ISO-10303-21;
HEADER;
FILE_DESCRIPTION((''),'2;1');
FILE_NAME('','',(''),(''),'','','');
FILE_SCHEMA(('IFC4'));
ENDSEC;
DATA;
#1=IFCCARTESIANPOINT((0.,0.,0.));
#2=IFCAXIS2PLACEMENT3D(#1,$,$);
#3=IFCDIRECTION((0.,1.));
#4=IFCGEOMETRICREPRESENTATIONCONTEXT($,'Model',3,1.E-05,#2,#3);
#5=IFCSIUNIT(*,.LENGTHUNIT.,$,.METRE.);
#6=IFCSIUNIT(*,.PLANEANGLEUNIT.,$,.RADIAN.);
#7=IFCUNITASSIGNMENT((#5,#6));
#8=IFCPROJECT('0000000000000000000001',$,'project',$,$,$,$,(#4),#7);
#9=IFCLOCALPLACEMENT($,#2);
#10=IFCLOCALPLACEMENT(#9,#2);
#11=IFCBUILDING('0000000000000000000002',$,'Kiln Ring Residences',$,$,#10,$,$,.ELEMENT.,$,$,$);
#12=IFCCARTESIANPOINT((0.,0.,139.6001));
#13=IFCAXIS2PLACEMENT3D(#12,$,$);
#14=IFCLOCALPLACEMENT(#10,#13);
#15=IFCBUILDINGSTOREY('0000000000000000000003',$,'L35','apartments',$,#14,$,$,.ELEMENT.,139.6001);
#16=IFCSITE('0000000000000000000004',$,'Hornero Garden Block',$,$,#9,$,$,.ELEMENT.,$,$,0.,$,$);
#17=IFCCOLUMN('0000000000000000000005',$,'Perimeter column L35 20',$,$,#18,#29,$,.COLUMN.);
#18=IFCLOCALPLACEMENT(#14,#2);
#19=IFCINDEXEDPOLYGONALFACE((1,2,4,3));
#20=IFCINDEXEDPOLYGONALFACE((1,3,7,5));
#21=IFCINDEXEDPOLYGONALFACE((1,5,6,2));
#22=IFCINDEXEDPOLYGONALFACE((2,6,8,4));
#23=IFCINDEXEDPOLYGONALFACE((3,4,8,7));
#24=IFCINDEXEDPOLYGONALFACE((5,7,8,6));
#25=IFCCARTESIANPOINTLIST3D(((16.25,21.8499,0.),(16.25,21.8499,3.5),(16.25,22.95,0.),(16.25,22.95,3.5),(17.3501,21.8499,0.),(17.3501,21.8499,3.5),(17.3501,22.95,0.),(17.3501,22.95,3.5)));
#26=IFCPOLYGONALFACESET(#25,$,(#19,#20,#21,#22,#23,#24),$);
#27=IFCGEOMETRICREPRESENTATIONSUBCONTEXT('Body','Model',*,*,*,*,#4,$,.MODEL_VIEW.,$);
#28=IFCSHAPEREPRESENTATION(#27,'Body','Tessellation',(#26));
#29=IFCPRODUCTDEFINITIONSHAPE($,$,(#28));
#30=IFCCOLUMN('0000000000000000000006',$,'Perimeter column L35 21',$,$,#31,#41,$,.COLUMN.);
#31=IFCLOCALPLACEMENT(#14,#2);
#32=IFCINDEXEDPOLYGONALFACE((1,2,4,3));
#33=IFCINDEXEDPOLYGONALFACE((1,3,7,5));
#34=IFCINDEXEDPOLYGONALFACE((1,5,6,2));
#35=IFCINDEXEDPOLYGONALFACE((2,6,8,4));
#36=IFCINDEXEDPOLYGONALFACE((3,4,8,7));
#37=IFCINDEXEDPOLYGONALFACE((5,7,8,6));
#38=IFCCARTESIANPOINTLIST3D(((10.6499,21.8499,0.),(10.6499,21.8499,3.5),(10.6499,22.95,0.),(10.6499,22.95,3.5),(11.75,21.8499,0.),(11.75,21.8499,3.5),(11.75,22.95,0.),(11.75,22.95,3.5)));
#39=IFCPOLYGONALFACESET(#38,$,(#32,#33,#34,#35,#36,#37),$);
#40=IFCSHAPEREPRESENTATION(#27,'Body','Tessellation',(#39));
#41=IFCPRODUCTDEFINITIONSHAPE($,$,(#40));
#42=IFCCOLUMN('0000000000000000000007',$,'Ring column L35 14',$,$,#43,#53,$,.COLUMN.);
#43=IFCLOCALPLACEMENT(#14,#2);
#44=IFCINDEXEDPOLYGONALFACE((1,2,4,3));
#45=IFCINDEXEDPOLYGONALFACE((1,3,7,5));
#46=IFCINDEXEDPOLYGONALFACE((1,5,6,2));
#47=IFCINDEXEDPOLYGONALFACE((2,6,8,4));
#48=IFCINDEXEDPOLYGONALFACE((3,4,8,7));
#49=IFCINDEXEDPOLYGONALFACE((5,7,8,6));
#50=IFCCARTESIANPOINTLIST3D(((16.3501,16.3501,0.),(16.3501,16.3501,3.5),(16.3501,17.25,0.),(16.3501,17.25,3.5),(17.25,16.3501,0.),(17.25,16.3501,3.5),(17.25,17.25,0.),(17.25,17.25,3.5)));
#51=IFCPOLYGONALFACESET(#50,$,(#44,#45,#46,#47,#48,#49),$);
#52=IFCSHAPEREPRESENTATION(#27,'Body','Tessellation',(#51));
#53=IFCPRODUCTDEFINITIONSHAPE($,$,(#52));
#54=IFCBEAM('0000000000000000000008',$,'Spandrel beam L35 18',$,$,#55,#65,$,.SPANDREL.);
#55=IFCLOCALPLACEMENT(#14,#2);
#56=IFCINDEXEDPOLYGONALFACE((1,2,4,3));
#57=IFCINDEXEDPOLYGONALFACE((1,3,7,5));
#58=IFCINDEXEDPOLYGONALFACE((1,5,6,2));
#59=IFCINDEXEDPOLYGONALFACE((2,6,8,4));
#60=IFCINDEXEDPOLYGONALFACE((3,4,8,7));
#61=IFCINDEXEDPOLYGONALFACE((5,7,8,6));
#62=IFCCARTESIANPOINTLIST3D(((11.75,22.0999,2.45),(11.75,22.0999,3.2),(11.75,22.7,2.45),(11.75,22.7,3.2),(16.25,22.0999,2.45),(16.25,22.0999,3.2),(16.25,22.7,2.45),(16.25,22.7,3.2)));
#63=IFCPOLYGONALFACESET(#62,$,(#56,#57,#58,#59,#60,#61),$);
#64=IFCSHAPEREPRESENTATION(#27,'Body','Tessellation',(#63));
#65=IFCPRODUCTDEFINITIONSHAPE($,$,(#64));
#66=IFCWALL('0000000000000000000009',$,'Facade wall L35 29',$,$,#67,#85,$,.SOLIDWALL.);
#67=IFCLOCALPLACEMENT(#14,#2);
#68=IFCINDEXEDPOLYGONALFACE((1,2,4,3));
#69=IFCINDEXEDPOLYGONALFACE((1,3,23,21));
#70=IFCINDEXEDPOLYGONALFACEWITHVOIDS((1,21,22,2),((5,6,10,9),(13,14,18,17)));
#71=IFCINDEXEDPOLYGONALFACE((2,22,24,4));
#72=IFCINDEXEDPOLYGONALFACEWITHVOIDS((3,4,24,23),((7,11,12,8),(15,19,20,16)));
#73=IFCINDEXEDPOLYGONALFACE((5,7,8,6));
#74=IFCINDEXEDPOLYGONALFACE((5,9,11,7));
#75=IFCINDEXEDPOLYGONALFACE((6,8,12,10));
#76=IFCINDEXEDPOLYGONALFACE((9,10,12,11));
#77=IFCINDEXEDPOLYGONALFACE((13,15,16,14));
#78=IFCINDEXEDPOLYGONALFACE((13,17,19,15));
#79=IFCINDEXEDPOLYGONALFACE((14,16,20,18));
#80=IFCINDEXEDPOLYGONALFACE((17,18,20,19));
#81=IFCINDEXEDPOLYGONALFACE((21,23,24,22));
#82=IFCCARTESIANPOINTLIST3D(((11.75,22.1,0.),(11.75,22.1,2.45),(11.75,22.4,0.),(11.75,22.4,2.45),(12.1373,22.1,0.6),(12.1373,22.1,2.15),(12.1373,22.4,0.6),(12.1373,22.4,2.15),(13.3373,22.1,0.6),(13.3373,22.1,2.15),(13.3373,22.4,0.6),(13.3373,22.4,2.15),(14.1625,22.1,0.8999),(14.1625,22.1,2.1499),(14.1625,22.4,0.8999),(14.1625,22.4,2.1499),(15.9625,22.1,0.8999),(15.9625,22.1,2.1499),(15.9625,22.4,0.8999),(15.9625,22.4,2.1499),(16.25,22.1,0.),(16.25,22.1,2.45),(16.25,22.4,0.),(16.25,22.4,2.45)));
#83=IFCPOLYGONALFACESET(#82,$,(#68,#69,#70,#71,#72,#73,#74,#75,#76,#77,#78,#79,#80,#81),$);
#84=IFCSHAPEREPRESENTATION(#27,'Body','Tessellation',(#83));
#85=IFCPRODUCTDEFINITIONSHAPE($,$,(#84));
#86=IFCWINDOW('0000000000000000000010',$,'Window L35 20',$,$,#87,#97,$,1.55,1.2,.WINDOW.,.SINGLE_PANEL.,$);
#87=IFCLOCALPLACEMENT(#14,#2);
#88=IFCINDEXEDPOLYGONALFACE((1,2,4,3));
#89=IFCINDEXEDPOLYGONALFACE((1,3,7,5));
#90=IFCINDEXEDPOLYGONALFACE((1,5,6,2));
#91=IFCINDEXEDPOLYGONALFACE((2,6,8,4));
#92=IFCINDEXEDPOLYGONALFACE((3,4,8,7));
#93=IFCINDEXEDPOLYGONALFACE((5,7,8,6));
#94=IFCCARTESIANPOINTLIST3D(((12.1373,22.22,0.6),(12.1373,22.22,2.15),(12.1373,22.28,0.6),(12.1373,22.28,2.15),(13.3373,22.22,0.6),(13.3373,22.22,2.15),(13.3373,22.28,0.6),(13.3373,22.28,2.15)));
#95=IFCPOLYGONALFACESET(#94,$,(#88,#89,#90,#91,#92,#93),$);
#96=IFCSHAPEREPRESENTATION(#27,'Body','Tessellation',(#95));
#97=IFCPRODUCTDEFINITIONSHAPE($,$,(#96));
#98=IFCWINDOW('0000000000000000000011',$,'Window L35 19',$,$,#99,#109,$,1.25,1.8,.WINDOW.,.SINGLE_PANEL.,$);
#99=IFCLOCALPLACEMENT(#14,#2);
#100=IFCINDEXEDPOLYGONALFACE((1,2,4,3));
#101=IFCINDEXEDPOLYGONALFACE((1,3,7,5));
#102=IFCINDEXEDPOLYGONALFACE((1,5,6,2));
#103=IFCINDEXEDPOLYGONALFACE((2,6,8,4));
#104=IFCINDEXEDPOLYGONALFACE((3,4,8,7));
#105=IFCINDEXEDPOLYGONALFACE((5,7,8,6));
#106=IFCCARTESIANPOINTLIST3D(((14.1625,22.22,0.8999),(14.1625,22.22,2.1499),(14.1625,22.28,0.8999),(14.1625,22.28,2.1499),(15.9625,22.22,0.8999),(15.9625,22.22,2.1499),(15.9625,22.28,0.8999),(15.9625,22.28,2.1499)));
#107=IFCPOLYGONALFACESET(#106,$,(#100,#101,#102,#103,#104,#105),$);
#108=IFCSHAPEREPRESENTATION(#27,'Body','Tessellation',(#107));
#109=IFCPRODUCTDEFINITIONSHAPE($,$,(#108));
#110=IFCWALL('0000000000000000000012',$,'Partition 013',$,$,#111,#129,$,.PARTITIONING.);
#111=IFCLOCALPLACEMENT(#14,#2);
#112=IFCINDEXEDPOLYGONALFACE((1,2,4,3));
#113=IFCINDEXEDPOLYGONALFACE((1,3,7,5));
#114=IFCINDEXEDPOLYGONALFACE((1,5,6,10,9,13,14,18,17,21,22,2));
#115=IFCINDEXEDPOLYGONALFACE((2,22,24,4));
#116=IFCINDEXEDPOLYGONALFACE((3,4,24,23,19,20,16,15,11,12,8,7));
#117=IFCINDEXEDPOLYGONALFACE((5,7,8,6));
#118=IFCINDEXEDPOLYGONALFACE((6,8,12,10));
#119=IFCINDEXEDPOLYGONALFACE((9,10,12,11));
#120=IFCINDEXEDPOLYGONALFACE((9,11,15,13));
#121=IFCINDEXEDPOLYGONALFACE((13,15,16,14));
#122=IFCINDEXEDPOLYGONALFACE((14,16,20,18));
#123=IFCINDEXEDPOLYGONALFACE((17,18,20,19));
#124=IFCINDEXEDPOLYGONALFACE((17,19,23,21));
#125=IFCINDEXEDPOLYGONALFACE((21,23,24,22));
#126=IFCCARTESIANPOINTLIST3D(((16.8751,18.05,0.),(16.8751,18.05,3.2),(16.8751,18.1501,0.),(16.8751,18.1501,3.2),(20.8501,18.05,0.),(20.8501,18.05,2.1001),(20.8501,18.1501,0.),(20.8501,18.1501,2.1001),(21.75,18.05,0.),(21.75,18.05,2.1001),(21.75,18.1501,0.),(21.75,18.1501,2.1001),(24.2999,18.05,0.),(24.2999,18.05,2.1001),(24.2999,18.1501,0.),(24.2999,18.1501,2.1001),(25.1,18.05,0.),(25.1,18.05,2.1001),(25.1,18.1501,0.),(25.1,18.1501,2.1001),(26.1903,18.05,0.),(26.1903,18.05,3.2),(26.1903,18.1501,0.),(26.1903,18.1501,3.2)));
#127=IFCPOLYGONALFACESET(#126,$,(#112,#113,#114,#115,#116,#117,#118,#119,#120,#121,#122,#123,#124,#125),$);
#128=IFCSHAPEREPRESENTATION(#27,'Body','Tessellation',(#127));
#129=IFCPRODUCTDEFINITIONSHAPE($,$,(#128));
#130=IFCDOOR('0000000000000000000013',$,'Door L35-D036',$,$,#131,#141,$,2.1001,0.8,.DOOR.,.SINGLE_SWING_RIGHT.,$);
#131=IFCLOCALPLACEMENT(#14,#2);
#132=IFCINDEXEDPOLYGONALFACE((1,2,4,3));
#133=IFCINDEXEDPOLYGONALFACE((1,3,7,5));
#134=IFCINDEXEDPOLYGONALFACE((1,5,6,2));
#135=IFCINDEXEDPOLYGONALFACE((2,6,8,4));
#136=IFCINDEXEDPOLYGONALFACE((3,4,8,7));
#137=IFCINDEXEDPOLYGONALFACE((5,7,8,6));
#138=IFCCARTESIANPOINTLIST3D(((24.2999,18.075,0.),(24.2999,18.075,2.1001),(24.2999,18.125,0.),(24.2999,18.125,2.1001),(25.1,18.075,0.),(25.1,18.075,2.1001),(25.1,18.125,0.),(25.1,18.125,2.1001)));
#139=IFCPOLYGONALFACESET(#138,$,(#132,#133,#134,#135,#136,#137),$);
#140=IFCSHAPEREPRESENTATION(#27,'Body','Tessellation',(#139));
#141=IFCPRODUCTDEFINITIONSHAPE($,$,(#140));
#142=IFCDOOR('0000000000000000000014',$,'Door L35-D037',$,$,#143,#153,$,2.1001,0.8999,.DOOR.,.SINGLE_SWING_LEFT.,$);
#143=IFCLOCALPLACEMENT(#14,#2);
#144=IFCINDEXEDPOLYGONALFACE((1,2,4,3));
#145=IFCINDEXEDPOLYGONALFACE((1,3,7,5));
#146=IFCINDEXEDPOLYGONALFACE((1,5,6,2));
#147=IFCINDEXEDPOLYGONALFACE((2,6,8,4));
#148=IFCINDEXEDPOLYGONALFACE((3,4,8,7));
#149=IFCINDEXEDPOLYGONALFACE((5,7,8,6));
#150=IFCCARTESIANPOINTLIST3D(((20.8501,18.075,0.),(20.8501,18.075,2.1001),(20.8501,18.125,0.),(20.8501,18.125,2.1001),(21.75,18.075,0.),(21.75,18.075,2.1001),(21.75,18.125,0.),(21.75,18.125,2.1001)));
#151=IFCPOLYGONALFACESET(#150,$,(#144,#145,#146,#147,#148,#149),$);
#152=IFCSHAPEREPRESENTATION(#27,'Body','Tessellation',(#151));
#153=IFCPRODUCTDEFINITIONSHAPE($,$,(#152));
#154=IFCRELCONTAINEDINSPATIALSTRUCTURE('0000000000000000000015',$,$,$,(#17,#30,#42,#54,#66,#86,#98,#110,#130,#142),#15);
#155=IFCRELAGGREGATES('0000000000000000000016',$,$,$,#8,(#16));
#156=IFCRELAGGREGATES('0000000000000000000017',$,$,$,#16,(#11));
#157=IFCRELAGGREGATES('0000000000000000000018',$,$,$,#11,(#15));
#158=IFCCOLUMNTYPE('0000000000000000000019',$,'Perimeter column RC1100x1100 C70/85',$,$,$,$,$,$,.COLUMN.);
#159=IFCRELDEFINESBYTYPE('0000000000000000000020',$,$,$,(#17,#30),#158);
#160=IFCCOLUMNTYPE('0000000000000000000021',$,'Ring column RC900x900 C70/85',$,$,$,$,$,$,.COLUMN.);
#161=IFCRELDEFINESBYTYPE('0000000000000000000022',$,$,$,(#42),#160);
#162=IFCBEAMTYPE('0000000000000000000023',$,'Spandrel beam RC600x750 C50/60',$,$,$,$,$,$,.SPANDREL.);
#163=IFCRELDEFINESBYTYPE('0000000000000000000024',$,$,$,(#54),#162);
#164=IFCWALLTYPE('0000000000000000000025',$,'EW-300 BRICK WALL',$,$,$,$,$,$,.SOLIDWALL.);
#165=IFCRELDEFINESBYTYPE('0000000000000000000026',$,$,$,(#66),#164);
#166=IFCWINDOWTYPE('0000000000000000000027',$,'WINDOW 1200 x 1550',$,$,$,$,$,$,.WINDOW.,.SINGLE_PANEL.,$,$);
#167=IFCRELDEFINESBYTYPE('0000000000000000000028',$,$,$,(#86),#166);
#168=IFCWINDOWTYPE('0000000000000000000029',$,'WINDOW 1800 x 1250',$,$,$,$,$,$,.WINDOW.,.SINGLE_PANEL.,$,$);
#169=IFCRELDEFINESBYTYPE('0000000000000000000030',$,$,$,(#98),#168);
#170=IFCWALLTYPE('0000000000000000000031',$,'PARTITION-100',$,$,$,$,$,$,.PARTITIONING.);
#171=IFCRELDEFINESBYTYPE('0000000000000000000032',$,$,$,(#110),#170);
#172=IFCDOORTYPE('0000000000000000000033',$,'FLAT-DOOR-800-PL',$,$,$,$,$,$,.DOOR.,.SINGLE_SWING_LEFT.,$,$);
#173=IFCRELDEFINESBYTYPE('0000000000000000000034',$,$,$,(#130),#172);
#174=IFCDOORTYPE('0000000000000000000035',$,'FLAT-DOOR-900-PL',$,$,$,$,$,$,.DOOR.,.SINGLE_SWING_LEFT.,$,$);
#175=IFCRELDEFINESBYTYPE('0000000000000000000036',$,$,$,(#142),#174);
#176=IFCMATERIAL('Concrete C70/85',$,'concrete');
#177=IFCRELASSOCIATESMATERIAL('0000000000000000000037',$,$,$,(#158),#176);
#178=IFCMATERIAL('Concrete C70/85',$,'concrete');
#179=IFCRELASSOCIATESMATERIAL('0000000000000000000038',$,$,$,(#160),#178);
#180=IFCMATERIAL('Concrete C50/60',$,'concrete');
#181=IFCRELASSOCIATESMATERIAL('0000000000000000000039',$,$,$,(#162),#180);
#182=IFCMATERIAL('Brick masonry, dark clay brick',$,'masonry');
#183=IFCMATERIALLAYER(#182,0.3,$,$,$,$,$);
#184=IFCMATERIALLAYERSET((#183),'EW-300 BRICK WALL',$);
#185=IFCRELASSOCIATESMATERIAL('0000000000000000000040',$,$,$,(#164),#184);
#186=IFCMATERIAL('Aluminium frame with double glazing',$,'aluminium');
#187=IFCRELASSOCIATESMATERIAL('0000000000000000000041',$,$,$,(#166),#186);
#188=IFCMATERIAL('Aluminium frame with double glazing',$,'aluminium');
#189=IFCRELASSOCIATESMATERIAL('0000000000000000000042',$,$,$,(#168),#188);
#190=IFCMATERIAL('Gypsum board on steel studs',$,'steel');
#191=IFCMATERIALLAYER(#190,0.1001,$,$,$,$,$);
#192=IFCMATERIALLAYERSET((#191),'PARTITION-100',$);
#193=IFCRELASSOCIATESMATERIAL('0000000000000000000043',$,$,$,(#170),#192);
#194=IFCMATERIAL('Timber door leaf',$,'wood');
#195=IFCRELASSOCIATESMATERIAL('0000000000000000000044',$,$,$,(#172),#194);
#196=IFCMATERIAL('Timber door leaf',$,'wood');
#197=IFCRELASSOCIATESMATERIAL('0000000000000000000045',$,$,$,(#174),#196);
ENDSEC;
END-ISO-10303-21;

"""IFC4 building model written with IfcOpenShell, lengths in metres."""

from ifc_helpers import new_model, si_unit, direction, frame, frame_2d, origin, origin_2d, place, context, subcontext, project, spatial, rectangle, extrude, material, layer, layer_set, material_profile, profile_set, type_object, element, fill, save


model = new_model("IFC4")

# Units and contexts
model_context = context("Model", 3, precision=1e-05, world=origin(), true_north=direction((0.0, 1.0)))
body_context = subcontext(model_context, "Body", "Model", "MODEL_VIEW")
ifc_project = project(units=[si_unit("LENGTHUNIT", "METRE"), si_unit("PLANEANGLEUNIT", "RADIAN")], contexts=[model_context])

# Site, building, storey
site_placement = place(None, origin())
site = spatial("IfcSite", under=ifc_project, at=site_placement, Name="Hornero Garden Block", CompositionType="ELEMENT", RefElevation=0.0)
building_placement = place(site_placement, origin())
building = spatial("IfcBuilding", under=site, at=building_placement, Name="Kiln Ring Residences", CompositionType="ELEMENT")
storey_placement = place(building_placement, frame((0.0, 0.0, 139.6001)))
storey = spatial("IfcBuildingStorey", under=building, at=storey_placement, Name="L35", Description="apartments", CompositionType="ELEMENT", Elevation=139.6001)

# Columns
ifc_material_1 = material(Name="Concrete C70/85", Category="concrete")
ifc_material_profile_1 = material_profile(ifc_material_1, rectangle(XDim=1.1001, YDim=1.1001, at=origin_2d()), Name="RC1100x1100")
ifc_profile_set_1 = profile_set([ifc_material_profile_1], Name="Concrete C70/85")
column_type_1 = type_object("IfcColumnType", Name="Perimeter column RC1100x1100 C70/85", PredefinedType="COLUMN", material=ifc_profile_set_1)
for number, where, z_axis, x_axis, name in (
    (1, (16.8, 22.3999, 0.0), (0.0, 0.0, 1.0), (1.0, 0.0, 0.0), "Perimeter column L35 20"),
    (2, (11.2, 22.3999, 0.0), (0.0, 0.0, 1.0), (1.0, 0.0, 0.0), "Perimeter column L35 21"),
):
    element("IfcColumn", number, at=place(storey_placement, frame(where, z_axis=z_axis, x_axis=x_axis)), inside=storey, type_object=column_type_1, Name=name, PredefinedType="COLUMN", context=body_context, shape_type="SweptSolid", body=[
        extrude(rectangle(XDim=1.1001, YDim=1.1001, at=origin_2d()), origin(), (0.0, 0.0, 1.0), 3.5),
    ])
ifc_material_2 = material(Name="Concrete C70/85", Category="concrete")
ifc_material_profile_2 = material_profile(ifc_material_2, rectangle(XDim=0.8999, YDim=0.8999, at=origin_2d()), Name="RC900x900")
ifc_profile_set_2 = profile_set([ifc_material_profile_2], Name="Concrete C70/85")
column_type_2 = type_object("IfcColumnType", Name="Ring column RC900x900 C70/85", PredefinedType="COLUMN", material=ifc_profile_set_2)
column_placement = place(storey_placement, frame((16.8, 16.8, 0.0), z_axis=(0.0, 0.0, 1.0), x_axis=(1.0, 0.0, 0.0)))
element("IfcColumn", 3, at=column_placement, inside=storey, type_object=column_type_2, Name="Ring column L35 14", PredefinedType="COLUMN", context=body_context, shape_type="SweptSolid", body=[
    extrude(rectangle(XDim=0.8999, YDim=0.8999, at=origin_2d()), origin(), (0.0, 0.0, 1.0), 3.5),
])

# Beam
ifc_material_3 = material(Name="Concrete C50/60", Category="concrete")
ifc_material_profile_3 = material_profile(ifc_material_3, rectangle(XDim=0.6001, YDim=0.75, at=origin_2d()), Name="RC600x750")
ifc_profile_set_3 = profile_set([ifc_material_profile_3], Name="Concrete C50/60")
beam_type = type_object("IfcBeamType", Name="Spandrel beam RC600x750 C50/60", PredefinedType="SPANDREL", material=ifc_profile_set_3)
beam_placement = place(storey_placement, frame((16.25, 22.3999, 2.825), z_axis=(-1.0, 0.0, 0.0), x_axis=(0.0, -1.0, 0.0)))
element("IfcBeam", 4, at=beam_placement, inside=storey, type_object=beam_type, Name="Spandrel beam L35 18", PredefinedType="SPANDREL", context=body_context, shape_type="SweptSolid", body=[
    extrude(rectangle(XDim=0.6001, YDim=0.75, at=origin_2d()), origin(), (0.0, 0.0, 1.0), 4.5),
])

# Wall, openings, windows
ifc_material_4 = material(Name="Brick masonry, dark clay brick", Category="masonry")
ifc_layer_1 = layer(ifc_material_4, 0.3)
ifc_layer_set_1 = layer_set([ifc_layer_1], Name="EW-300 BRICK WALL")
wall_type_1 = type_object("IfcWallType", Name="EW-300 BRICK WALL", PredefinedType="SOLIDWALL", material=ifc_layer_set_1)
wall_1_placement = place(storey_placement, frame((16.25, 22.25, 0.0), z_axis=(0.0, 0.0, 1.0), x_axis=(-1.0, 0.0, 0.0)))
wall_1 = element("IfcWall", 5, at=wall_1_placement, inside=storey, type_object=wall_type_1, Name="Facade wall L35 29", PredefinedType="SOLIDWALL", context=body_context, shape_type="SweptSolid", body=[
    extrude(rectangle(XDim=4.5, YDim=0.3, at=frame_2d((2.25, 0.0))), origin(), (0.0, 0.0, 1.0), 2.45),
])
opening_1_placement = place(wall_1_placement, frame((0.2876, 0.0, 0.8999)))
opening_1 = element("IfcOpeningElement", 6, at=opening_1_placement, cuts=wall_1, PredefinedType="OPENING", context=body_context, shape_type="SweptSolid", body=[
    extrude(rectangle(XDim=1.8, YDim=1.25, at=frame_2d((0.8999, 0.625))), frame((0.0, 0.1599, 0.0), z_axis=(0.0, -1.0, 0.0), x_axis=(1.0, 0.0, 0.0)), (0.0, 0.0, 1.0), 0.3201),
])
opening_2_placement = place(wall_1_placement, frame((2.9126, 0.0, 0.6001)))
opening_2 = element("IfcOpeningElement", 7, at=opening_2_placement, cuts=wall_1, PredefinedType="OPENING", context=body_context, shape_type="SweptSolid", body=[
    extrude(rectangle(XDim=1.2, YDim=1.55, at=frame_2d((0.6001, 0.7749))), frame((0.0, 0.1599, 0.0), z_axis=(0.0, -1.0, 0.0), x_axis=(1.0, 0.0, 0.0)), (0.0, 0.0, 1.0), 0.3201),
])
ifc_material_5 = material(Name="Aluminium frame with double glazing", Category="aluminium")
window_type_1 = type_object("IfcWindowType", Name="WINDOW 1200 x 1550", PartitioningType="SINGLE_PANEL", PredefinedType="WINDOW", material=ifc_material_5)
window_1_placement = place(opening_2_placement, origin())
window_1 = element("IfcWindow", 8, at=window_1_placement, inside=storey, type_object=window_type_1, Name="Window L35 20", OverallHeight=1.55, OverallWidth=1.2, PartitioningType="SINGLE_PANEL", PredefinedType="WINDOW", context=body_context, shape_type="SweptSolid", body=[
    extrude(rectangle(XDim=1.2, YDim=1.55, at=frame_2d((0.6001, 0.7749))), frame((0.0, 0.03, 0.0), z_axis=(0.0, -1.0, 0.0), x_axis=(1.0, 0.0, 0.0)), (0.0, 0.0, 1.0), 0.0601),
])
fill(opening_2, window_1)
ifc_material_6 = material(Name="Aluminium frame with double glazing", Category="aluminium")
window_type_2 = type_object("IfcWindowType", Name="WINDOW 1800 x 1250", PartitioningType="SINGLE_PANEL", PredefinedType="WINDOW", material=ifc_material_6)
window_2_placement = place(opening_1_placement, origin())
window_2 = element("IfcWindow", 9, at=window_2_placement, inside=storey, type_object=window_type_2, Name="Window L35 19", OverallHeight=1.25, OverallWidth=1.8, PartitioningType="SINGLE_PANEL", PredefinedType="WINDOW", context=body_context, shape_type="SweptSolid", body=[
    extrude(rectangle(XDim=1.8, YDim=1.25, at=frame_2d((0.8999, 0.625))), frame((0.0, 0.03, 0.0), z_axis=(0.0, -1.0, 0.0), x_axis=(1.0, 0.0, 0.0)), (0.0, 0.0, 1.0), 0.0601),
])
fill(opening_1, window_2)

# Wall, openings, doors
ifc_material_7 = material(Name="Gypsum board on steel studs", Category="steel")
ifc_layer_2 = layer(ifc_material_7, 0.1001)
ifc_layer_set_2 = layer_set([ifc_layer_2], Name="PARTITION-100")
wall_type_2 = type_object("IfcWallType", Name="PARTITION-100", PredefinedType="PARTITIONING", material=ifc_layer_set_2)
wall_2_placement = place(storey_placement, frame((16.875, 18.1001, 0.0), z_axis=(0.0, 0.0, 1.0), x_axis=(1.0, 0.0, 0.0)))
wall_2 = element("IfcWall", 10, at=wall_2_placement, inside=storey, type_object=wall_type_2, Name="Partition 013", PredefinedType="PARTITIONING", context=body_context, shape_type="SweptSolid", body=[
    extrude(rectangle(XDim=9.3152, YDim=0.1001, at=frame_2d((4.6577, 0.0))), origin(), (0.0, 0.0, 1.0), 3.2),
])
opening_3_placement = place(wall_2_placement, frame((7.425, 0.0, 0.0)))
opening_3 = element("IfcOpeningElement", 11, at=opening_3_placement, cuts=wall_2, PredefinedType="OPENING", context=body_context, shape_type="SweptSolid", body=[
    extrude(rectangle(XDim=0.8, YDim=2.1001, at=frame_2d((0.3999, 1.05))), frame((0.0, 0.0601, 0.0), z_axis=(0.0, -1.0, 0.0), x_axis=(1.0, 0.0, 0.0)), (0.0, 0.0, 1.0), 0.1201),
])
opening_4_placement = place(wall_2_placement, frame((3.9751, 0.0, 0.0)))
opening_4 = element("IfcOpeningElement", 12, at=opening_4_placement, cuts=wall_2, PredefinedType="OPENING", context=body_context, shape_type="SweptSolid", body=[
    extrude(rectangle(XDim=0.8999, YDim=2.1001, at=frame_2d((0.45, 1.05))), frame((0.0, 0.0601, 0.0), z_axis=(0.0, -1.0, 0.0), x_axis=(1.0, 0.0, 0.0)), (0.0, 0.0, 1.0), 0.1201),
])
ifc_material_8 = material(Name="Timber door leaf", Category="wood")
door_type_1 = type_object("IfcDoorType", Name="FLAT-DOOR-800-PL", OperationType="SINGLE_SWING_LEFT", PredefinedType="DOOR", material=ifc_material_8)
door_1_placement = place(opening_3_placement, origin())
door_1 = element("IfcDoor", 13, at=door_1_placement, inside=storey, type_object=door_type_1, Name="Door L35-D036", OperationType="SINGLE_SWING_RIGHT", OverallHeight=2.1001, OverallWidth=0.8, PredefinedType="DOOR", context=body_context, shape_type="SweptSolid", body=[
    extrude(rectangle(XDim=0.8, YDim=2.1001, at=frame_2d((0.3999, 1.05))), frame((0.0, 0.0249, 0.0), z_axis=(0.0, -1.0, 0.0), x_axis=(1.0, 0.0, 0.0)), (0.0, 0.0, 1.0), 0.05),
])
fill(opening_3, door_1)
ifc_material_9 = material(Name="Timber door leaf", Category="wood")
door_type_2 = type_object("IfcDoorType", Name="FLAT-DOOR-900-PL", OperationType="SINGLE_SWING_LEFT", PredefinedType="DOOR", material=ifc_material_9)
door_2_placement = place(opening_4_placement, origin())
door_2 = element("IfcDoor", 14, at=door_2_placement, inside=storey, type_object=door_type_2, Name="Door L35-D037", OperationType="SINGLE_SWING_LEFT", OverallHeight=2.1001, OverallWidth=0.8999, PredefinedType="DOOR", context=body_context, shape_type="SweptSolid", body=[
    extrude(rectangle(XDim=0.8999, YDim=2.1001, at=frame_2d((0.45, 1.05))), frame((0.0, 0.0249, 0.0), z_axis=(0.0, -1.0, 0.0), x_axis=(1.0, 0.0, 0.0)), (0.0, 0.0, 1.0), 0.05),
])
fill(opening_4, door_2)

save(model, "model.ifc")
